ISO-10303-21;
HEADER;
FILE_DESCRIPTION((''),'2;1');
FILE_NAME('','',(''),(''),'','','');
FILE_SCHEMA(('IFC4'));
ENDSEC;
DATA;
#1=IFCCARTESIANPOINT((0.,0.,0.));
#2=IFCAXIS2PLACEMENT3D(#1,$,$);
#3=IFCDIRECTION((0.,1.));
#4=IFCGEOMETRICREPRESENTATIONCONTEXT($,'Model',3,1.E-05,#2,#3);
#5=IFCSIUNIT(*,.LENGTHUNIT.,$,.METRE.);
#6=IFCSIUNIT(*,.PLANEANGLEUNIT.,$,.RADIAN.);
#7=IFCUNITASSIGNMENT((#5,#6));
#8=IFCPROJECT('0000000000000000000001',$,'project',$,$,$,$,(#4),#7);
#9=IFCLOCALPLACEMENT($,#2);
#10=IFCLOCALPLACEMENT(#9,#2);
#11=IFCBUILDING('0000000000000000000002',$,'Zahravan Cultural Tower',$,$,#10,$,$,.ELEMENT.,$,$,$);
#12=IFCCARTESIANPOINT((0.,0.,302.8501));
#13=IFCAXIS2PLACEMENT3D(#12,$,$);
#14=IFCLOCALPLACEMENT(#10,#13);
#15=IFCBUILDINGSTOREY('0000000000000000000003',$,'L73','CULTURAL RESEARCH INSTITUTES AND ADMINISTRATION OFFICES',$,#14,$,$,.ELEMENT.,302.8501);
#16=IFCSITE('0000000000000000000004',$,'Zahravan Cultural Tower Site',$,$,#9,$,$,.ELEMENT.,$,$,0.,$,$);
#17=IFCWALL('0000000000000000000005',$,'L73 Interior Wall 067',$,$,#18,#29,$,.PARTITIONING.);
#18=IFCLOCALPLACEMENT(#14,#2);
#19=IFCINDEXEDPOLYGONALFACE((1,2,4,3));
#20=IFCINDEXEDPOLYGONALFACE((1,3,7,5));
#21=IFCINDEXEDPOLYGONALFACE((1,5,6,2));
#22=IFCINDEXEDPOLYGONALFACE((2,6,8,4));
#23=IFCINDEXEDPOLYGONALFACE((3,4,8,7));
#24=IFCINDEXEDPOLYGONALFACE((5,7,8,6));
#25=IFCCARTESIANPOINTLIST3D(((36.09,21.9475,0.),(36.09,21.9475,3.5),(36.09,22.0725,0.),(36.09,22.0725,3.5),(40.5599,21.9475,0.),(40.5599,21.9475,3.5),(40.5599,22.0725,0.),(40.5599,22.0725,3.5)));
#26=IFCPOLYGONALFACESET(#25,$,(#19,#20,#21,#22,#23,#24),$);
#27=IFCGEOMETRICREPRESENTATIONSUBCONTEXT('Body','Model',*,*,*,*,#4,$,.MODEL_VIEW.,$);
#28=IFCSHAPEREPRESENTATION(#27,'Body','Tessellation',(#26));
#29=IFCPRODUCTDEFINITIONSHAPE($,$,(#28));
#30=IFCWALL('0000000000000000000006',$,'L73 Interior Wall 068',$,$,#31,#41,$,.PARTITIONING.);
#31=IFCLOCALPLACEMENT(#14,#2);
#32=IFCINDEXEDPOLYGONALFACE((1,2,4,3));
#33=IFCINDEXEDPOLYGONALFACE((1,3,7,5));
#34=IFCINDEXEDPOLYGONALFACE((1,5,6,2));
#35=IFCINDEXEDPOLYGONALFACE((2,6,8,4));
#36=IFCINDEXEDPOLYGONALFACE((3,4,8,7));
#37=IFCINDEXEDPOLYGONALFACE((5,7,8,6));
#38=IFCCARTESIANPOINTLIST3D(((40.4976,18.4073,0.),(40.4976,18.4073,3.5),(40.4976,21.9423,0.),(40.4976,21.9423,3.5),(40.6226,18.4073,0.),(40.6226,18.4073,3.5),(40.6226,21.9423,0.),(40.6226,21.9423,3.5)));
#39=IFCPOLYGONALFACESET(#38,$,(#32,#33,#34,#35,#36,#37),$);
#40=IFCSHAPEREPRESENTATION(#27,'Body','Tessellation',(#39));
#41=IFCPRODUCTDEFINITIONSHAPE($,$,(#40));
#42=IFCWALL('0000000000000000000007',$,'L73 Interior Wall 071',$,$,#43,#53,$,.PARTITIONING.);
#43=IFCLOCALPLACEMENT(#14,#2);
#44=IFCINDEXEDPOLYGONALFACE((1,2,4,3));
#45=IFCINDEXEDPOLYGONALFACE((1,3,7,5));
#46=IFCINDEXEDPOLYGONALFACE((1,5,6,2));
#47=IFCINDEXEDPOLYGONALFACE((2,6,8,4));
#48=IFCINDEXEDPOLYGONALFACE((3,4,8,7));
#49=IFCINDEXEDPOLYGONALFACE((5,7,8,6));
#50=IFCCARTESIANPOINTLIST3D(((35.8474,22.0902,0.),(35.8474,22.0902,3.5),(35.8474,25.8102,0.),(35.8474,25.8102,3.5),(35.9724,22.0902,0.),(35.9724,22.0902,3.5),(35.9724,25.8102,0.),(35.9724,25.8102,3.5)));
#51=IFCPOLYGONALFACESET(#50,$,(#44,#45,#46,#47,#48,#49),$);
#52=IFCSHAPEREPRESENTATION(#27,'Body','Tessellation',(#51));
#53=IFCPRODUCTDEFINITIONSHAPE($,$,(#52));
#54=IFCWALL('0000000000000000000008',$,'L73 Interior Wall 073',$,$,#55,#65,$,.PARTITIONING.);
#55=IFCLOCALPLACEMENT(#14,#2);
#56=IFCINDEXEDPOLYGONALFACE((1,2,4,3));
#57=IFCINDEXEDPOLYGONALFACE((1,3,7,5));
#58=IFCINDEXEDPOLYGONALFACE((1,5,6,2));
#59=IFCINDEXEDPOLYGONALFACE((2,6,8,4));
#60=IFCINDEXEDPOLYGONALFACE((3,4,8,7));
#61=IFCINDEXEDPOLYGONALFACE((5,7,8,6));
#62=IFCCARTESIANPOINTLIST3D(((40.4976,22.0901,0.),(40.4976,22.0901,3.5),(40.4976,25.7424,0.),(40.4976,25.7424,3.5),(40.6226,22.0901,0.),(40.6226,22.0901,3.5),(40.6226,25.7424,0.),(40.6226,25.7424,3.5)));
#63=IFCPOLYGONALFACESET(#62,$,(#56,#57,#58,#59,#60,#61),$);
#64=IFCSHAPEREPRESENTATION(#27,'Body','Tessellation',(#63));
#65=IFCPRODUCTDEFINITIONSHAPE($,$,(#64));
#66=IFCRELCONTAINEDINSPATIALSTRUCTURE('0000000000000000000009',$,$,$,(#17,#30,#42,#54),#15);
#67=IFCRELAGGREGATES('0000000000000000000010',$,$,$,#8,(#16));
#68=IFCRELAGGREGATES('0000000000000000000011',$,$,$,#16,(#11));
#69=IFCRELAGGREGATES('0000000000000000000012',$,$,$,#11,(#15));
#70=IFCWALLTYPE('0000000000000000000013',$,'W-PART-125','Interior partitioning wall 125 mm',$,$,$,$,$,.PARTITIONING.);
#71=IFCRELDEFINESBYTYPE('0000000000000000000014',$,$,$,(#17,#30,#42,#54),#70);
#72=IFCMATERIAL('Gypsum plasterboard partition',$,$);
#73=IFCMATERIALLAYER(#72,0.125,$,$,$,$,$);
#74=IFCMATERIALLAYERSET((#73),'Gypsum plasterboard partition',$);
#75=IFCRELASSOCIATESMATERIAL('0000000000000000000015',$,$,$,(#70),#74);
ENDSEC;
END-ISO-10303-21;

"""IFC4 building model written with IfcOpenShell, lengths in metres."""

from ifc_helpers import new_model, si_unit, direction, frame, frame_2d, origin, place, context, subcontext, project, spatial, rectangle, extrude, source, transform, mapped, material, layer, layer_set, type_object, element, save


model = new_model("IFC4")

# Units and contexts
model_context = context("Model", 3, precision=1e-05, world=origin(), true_north=direction((0.0, 1.0)))
body_context = subcontext(model_context, "Body", "Model", "MODEL_VIEW")
ifc_project = project(units=[si_unit("LENGTHUNIT", "METRE"), si_unit("PLANEANGLEUNIT", "RADIAN")], contexts=[model_context])

# Site, building, storey
site_placement = place(None, origin())
site = spatial("IfcSite", under=ifc_project, at=site_placement, Name="Zahravan Cultural Tower Site", CompositionType="ELEMENT", RefElevation=0.0)
building_placement = place(site_placement, origin())
building = spatial("IfcBuilding", under=site, at=building_placement, Name="Zahravan Cultural Tower", CompositionType="ELEMENT")
storey_placement = place(building_placement, frame((0.0, 0.0, 302.8501)))
storey = spatial("IfcBuildingStorey", under=building, at=storey_placement, Name="L73", Description="CULTURAL RESEARCH INSTITUTES AND ADMINISTRATION OFFICES", CompositionType="ELEMENT", Elevation=302.8501)

# Shared definitions
ifc_material_1 = material(Name="Gypsum plasterboard partition")
ifc_layer_1 = layer(ifc_material_1, 0.125)
ifc_layer_set_1 = layer_set([ifc_layer_1], Name="Gypsum plasterboard partition")
wall_type_1 = type_object("IfcWallType", Name="W-PART-125", Description="Interior partitioning wall 125 mm", PredefinedType="PARTITIONING", material=ifc_layer_set_1)

# Walls
shared_shape_1 = source(origin(), body_context, "Body", "SweptSolid", [
    extrude(rectangle(XDim=4.47, YDim=0.125, at=frame_2d((2.2349, 0.0))), origin(), (0.0, 0.0, 1.0), 3.5),
])
wall_1_placement = place(storey_placement, frame((36.0901, 22.01, 0.0), z_axis=(0.0, 0.0, 1.0), x_axis=(1.0, 0.0, 0.0)))
element("IfcWall", 1, at=wall_1_placement, inside=storey, type_object=wall_type_1, Name="L73 Interior Wall 067", PredefinedType="PARTITIONING", context=body_context, shape_type="MappedRepresentation", body=[
    mapped(shared_shape_1, transform((0.0, 0.0, 0.0), x_axis=(1.0, 0.0, 0.0), y_axis=(0.0, 1.0, 0.0), z_axis=(0.0, 0.0, 1.0), scale=1.0)),
])
shared_shape_2 = source(origin(), body_context, "Body", "SweptSolid", [
    extrude(rectangle(XDim=3.5349, YDim=0.125, at=frame_2d((1.7676, 0.0))), origin(), (0.0, 0.0, 1.0), 3.5),
])
wall_2_placement = place(storey_placement, frame((40.5601, 21.9424, 0.0), z_axis=(0.0, 0.0, 1.0), x_axis=(0.0, -1.0, 0.0)))
element("IfcWall", 2, at=wall_2_placement, inside=storey, type_object=wall_type_1, Name="L73 Interior Wall 068", PredefinedType="PARTITIONING", context=body_context, shape_type="MappedRepresentation", body=[
    mapped(shared_shape_2, transform((0.0, 0.0, 0.0), x_axis=(1.0, 0.0, 0.0), y_axis=(0.0, 1.0, 0.0), z_axis=(0.0, 0.0, 1.0), scale=1.0)),
])
shared_shape_3 = source(origin(), body_context, "Body", "SweptSolid", [
    extrude(rectangle(XDim=3.72, YDim=0.125, at=frame_2d((1.8599, 0.0))), origin(), (0.0, 0.0, 1.0), 3.5),
])
wall_3_placement = place(storey_placement, frame((35.9099, 25.8101, 0.0), z_axis=(0.0, 0.0, 1.0), x_axis=(0.0, -1.0, 0.0)))
element("IfcWall", 3, at=wall_3_placement, inside=storey, type_object=wall_type_1, Name="L73 Interior Wall 071", PredefinedType="PARTITIONING", context=body_context, shape_type="MappedRepresentation", body=[
    mapped(shared_shape_3, transform((0.0, 0.0, 0.0), x_axis=(1.0, 0.0, 0.0), y_axis=(0.0, 1.0, 0.0), z_axis=(0.0, 0.0, 1.0), scale=1.0)),
])
shared_shape_4 = source(origin(), body_context, "Body", "SweptSolid", [
    extrude(rectangle(XDim=3.6523, YDim=0.125, at=frame_2d((1.8262, 0.0))), origin(), (0.0, 0.0, 1.0), 3.5),
])
wall_4_placement = place(storey_placement, frame((40.5601, 25.7424, 0.0), z_axis=(0.0, 0.0, 1.0), x_axis=(0.0, -1.0, 0.0)))
element("IfcWall", 4, at=wall_4_placement, inside=storey, type_object=wall_type_1, Name="L73 Interior Wall 073", PredefinedType="PARTITIONING", context=body_context, shape_type="MappedRepresentation", body=[
    mapped(shared_shape_4, transform((0.0, 0.0, 0.0), x_axis=(1.0, 0.0, 0.0), y_axis=(0.0, 1.0, 0.0), z_axis=(0.0, 0.0, 1.0), scale=1.0)),
])

save(model, "model.ifc")
